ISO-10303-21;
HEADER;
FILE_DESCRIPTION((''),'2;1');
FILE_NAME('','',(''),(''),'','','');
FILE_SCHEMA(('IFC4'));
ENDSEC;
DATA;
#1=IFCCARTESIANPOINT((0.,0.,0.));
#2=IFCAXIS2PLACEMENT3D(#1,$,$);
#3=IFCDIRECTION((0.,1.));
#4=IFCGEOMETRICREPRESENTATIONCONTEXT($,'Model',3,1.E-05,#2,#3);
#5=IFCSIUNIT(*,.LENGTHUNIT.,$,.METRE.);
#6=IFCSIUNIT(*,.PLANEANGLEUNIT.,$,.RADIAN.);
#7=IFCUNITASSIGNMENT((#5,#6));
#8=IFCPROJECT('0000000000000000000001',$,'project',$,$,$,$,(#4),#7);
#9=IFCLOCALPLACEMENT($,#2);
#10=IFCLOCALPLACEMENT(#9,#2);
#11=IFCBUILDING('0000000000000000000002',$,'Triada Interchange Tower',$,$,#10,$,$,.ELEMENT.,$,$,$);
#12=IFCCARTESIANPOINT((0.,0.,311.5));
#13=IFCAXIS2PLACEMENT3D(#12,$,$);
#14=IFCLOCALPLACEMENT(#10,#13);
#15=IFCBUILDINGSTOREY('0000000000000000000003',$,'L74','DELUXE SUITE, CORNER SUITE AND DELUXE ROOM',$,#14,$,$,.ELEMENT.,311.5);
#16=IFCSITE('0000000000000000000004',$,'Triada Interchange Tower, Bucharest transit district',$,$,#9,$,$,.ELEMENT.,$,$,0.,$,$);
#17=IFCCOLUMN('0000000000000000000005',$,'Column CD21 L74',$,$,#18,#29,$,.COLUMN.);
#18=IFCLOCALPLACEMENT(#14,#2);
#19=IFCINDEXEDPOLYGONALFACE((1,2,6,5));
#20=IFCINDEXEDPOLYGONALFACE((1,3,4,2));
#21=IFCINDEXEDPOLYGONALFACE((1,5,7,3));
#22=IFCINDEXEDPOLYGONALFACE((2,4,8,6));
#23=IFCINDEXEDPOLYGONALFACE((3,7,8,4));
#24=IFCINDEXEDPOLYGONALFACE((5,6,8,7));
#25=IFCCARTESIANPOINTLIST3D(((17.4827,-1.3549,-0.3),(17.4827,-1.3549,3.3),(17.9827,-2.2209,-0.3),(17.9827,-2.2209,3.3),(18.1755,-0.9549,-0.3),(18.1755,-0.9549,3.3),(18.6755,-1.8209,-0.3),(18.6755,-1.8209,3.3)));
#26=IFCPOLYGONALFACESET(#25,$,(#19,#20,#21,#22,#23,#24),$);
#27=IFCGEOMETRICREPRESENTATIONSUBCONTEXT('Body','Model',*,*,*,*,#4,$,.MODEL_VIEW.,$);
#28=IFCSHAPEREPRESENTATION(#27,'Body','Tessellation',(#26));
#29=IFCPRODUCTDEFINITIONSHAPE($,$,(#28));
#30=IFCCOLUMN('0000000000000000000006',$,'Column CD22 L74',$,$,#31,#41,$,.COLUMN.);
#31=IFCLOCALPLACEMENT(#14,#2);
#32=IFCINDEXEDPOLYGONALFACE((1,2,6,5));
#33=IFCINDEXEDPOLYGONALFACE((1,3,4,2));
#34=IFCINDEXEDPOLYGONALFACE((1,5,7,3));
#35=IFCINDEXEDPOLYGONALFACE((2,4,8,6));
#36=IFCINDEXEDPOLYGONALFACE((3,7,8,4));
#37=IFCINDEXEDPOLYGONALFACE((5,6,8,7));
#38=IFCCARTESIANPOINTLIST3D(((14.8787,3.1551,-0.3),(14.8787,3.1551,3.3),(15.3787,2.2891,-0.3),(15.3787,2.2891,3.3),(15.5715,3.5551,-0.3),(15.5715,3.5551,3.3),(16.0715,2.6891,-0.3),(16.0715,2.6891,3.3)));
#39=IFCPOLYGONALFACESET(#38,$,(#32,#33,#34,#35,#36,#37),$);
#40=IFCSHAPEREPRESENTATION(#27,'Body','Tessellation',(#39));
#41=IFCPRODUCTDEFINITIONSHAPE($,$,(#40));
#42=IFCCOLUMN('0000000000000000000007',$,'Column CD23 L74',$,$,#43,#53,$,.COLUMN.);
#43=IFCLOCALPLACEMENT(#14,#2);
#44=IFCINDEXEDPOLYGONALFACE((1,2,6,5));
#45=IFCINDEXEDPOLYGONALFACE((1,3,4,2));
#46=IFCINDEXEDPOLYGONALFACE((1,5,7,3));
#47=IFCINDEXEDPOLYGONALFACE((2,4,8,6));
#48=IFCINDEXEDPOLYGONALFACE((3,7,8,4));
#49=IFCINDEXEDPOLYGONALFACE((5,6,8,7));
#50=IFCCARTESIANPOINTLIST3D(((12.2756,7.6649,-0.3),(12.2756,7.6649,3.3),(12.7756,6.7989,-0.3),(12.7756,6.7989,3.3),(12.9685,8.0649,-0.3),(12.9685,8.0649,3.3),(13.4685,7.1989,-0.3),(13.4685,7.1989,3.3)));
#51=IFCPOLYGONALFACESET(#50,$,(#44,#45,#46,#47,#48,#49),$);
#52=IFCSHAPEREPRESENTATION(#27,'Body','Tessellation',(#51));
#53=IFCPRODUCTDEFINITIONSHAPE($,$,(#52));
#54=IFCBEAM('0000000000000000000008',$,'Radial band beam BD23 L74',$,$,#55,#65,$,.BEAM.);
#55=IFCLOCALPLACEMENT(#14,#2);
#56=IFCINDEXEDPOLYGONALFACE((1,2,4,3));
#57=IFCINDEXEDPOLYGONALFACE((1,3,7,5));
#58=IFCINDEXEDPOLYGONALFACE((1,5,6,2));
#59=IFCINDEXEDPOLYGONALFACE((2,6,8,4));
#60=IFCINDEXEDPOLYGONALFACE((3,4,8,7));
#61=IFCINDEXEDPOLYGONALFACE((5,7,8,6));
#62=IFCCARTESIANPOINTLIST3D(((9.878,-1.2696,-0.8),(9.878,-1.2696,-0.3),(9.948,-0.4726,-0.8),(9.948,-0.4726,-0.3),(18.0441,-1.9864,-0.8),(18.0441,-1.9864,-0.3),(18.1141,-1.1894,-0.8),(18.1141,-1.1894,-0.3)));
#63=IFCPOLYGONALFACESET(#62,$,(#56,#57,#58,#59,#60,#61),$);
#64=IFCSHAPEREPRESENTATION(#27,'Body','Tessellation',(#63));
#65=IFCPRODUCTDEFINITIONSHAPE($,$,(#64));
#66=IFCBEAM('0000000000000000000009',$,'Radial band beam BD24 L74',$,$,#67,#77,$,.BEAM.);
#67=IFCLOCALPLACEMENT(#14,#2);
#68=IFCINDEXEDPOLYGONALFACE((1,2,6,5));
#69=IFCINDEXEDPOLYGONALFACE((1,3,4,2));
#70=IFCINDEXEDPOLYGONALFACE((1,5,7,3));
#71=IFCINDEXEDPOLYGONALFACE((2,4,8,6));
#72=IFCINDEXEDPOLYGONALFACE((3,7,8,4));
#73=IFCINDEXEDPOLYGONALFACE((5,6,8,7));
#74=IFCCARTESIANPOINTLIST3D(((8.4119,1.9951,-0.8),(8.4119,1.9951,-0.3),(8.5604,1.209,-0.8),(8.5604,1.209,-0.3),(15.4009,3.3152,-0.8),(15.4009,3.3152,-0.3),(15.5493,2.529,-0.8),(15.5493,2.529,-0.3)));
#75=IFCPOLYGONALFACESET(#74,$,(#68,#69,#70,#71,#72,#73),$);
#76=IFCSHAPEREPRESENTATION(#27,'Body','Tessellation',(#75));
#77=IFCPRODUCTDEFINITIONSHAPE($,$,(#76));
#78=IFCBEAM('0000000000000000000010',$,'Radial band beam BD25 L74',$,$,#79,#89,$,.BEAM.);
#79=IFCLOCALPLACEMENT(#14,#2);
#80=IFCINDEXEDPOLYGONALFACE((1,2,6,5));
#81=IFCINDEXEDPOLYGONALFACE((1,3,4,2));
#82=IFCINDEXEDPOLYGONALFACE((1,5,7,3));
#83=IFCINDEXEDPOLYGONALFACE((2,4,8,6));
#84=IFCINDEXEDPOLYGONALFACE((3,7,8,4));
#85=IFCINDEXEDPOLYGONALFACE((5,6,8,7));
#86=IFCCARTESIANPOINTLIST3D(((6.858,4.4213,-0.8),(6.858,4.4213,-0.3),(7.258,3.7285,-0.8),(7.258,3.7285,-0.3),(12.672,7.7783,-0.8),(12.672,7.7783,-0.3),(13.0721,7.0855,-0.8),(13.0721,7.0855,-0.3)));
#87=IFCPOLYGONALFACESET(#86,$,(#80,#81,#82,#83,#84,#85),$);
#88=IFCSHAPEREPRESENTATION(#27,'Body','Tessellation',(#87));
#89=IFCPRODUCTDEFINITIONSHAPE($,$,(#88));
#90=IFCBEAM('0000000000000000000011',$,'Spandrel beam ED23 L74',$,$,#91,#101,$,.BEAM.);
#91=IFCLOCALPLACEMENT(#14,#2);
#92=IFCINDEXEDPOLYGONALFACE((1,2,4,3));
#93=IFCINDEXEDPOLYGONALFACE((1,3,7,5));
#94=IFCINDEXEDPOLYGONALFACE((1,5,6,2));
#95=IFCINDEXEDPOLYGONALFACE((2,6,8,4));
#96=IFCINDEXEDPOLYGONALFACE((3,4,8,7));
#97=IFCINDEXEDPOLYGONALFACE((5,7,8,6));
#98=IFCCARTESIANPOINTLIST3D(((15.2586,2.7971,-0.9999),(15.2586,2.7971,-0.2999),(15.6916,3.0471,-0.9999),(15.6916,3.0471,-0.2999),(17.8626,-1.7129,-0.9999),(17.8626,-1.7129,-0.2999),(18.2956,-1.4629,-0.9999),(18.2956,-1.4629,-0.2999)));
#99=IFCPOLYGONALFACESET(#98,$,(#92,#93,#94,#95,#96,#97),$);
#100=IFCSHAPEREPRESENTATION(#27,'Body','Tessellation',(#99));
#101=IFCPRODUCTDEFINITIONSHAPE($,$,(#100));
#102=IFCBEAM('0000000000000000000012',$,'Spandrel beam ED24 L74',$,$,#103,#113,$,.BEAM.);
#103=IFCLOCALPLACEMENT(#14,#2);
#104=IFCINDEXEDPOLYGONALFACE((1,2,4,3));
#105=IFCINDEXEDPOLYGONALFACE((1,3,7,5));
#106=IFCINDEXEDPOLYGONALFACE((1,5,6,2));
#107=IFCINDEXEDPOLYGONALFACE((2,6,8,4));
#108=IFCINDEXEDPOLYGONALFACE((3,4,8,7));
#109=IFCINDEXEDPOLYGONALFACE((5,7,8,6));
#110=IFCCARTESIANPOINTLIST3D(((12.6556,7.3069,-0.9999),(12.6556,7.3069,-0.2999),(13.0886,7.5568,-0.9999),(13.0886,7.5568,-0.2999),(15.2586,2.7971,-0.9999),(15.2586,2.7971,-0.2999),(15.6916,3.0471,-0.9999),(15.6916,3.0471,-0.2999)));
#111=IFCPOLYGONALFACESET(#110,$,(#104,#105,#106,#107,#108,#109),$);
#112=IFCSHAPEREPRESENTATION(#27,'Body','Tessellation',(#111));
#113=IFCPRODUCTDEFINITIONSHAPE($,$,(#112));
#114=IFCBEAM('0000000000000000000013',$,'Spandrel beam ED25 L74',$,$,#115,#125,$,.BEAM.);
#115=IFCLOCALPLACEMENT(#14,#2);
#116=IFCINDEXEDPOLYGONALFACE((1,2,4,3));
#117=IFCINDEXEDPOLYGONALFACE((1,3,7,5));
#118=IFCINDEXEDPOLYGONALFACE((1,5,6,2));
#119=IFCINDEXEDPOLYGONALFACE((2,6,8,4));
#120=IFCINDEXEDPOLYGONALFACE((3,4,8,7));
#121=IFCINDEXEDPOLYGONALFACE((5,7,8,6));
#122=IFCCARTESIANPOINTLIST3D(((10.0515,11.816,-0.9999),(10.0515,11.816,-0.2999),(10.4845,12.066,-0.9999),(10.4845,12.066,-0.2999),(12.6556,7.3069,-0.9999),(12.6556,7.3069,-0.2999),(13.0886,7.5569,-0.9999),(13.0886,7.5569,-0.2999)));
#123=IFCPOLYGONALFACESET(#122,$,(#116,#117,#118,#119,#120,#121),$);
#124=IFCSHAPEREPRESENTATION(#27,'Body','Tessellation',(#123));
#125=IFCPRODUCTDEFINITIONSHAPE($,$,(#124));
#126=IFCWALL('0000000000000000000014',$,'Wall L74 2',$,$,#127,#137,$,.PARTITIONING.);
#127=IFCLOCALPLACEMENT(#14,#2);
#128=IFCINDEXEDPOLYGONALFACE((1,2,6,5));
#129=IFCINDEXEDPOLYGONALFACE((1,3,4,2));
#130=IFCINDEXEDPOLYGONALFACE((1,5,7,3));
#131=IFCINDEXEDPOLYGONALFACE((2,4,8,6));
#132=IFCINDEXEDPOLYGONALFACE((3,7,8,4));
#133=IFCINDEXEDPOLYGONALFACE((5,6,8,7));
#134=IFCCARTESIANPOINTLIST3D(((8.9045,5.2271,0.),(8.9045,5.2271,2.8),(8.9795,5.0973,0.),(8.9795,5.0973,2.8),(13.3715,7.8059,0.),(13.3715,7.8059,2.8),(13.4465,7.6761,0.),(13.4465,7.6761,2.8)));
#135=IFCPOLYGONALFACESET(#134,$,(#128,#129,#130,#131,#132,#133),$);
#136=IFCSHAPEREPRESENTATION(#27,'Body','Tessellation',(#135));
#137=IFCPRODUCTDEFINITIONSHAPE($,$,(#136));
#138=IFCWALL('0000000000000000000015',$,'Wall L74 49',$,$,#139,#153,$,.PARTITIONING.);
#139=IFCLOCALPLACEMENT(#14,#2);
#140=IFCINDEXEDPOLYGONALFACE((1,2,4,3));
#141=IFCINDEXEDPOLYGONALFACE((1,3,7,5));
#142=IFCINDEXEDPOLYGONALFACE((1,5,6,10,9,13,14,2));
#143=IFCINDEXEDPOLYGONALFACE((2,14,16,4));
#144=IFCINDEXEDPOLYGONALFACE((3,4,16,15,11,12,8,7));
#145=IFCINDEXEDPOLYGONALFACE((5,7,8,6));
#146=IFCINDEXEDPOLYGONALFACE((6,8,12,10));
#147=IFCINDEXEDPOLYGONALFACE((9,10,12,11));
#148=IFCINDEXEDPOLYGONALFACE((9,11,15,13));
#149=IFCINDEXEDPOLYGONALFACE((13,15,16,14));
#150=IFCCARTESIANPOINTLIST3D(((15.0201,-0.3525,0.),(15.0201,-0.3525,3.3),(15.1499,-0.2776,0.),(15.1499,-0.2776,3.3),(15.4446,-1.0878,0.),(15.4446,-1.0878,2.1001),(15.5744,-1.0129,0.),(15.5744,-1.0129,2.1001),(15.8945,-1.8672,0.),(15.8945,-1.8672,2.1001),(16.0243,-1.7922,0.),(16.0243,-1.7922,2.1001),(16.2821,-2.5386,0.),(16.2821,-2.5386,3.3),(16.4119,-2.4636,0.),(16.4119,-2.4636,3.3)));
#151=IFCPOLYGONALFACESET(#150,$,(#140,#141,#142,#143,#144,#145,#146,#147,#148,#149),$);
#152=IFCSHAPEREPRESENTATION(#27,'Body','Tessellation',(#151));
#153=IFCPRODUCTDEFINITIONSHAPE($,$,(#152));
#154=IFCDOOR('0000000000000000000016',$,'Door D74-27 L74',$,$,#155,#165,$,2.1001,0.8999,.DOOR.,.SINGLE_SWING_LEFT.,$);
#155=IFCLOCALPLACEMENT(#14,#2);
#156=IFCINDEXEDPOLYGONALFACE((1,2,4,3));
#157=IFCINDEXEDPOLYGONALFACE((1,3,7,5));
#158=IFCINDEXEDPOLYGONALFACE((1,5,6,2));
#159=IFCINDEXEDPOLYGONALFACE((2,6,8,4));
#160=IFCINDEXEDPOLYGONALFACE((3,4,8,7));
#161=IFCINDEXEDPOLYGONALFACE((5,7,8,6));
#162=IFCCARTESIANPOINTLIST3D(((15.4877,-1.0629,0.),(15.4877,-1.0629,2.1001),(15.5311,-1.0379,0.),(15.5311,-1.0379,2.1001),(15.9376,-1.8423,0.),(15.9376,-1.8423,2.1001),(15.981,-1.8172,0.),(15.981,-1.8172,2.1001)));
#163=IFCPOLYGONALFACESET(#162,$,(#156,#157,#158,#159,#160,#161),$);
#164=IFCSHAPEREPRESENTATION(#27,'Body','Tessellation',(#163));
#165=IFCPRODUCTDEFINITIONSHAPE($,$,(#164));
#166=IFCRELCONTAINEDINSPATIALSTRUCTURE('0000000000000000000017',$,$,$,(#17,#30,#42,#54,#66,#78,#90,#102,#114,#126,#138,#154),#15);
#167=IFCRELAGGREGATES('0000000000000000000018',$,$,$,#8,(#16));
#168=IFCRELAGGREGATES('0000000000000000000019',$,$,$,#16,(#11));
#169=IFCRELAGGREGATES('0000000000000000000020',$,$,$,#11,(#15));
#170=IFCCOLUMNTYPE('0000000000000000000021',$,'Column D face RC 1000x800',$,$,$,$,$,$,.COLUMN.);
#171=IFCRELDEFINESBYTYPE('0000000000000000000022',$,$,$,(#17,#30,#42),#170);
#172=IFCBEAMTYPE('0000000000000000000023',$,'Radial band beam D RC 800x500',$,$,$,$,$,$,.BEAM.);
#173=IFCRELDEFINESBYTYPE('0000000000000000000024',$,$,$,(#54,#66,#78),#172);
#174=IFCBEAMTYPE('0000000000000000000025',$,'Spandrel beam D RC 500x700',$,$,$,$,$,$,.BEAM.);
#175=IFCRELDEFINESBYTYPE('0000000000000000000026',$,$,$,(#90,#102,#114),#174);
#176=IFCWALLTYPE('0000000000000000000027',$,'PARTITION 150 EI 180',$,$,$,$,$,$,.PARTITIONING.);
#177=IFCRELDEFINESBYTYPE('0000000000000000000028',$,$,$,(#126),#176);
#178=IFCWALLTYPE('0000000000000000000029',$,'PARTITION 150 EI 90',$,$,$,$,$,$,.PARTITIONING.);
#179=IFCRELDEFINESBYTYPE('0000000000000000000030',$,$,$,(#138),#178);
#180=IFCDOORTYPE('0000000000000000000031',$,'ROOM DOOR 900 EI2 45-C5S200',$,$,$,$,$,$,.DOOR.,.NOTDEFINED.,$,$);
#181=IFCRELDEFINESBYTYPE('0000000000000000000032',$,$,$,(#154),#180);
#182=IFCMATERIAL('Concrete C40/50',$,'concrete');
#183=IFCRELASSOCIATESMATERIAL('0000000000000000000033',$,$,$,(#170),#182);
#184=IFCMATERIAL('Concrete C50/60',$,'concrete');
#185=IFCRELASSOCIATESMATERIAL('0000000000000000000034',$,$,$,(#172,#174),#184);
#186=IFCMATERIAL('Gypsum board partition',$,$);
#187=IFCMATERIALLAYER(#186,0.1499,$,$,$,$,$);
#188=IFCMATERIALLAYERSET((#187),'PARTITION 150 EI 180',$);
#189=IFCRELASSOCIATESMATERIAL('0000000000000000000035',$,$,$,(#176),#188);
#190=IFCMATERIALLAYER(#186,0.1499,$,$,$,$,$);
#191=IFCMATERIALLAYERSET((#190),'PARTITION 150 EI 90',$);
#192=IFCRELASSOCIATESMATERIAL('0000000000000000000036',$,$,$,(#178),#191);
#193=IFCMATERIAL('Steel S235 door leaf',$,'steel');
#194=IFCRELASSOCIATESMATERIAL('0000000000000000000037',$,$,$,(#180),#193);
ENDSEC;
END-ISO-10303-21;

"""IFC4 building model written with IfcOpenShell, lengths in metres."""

from ifc_helpers import new_model, si_unit, direction, frame, frame_2d, origin, origin_2d, place, context, subcontext, project, spatial, rectangle, extrude, material, layer, layer_set, material_profile, profile_set, type_object, element, fill, save


model = new_model("IFC4")

# Units and contexts
model_context = context("Model", 3, precision=1e-05, world=origin(), true_north=direction((0.0, 1.0)))
body_context = subcontext(model_context, "Body", "Model", "MODEL_VIEW")
ifc_project = project(units=[si_unit("LENGTHUNIT", "METRE"), si_unit("PLANEANGLEUNIT", "RADIAN")], contexts=[model_context])

# Site, building, storey
site_placement = place(None, origin())
site = spatial("IfcSite", under=ifc_project, at=site_placement, Name="Triada Interchange Tower, Bucharest transit district", CompositionType="ELEMENT", RefElevation=0.0)
building_placement = place(site_placement, origin())
building = spatial("IfcBuilding", under=site, at=building_placement, Name="Triada Interchange Tower", CompositionType="ELEMENT")
storey_placement = place(building_placement, frame((0.0, 0.0, 311.5)))
storey = spatial("IfcBuildingStorey", under=building, at=storey_placement, Name="L74", Description="DELUXE SUITE, CORNER SUITE AND DELUXE ROOM", CompositionType="ELEMENT", Elevation=311.5)

# Columns
ifc_material_1 = material(Name="Concrete C40/50", Category="concrete")
ifc_material_profile_1 = material_profile(ifc_material_1, rectangle(XDim=1.0, YDim=0.8, at=origin_2d()), Name="RC 1000x800")
ifc_profile_set_1 = profile_set([ifc_material_profile_1], Name="Concrete C40/50")
column_type = type_object("IfcColumnType", Name="Column D face RC 1000x800", PredefinedType="COLUMN", material=ifc_profile_set_1)
for number, where, z_axis, x_axis, name in (
    (1, (18.0791, -1.5879, -0.3), (0.0, 0.0, 1.0), (-0.5, 0.866025, 0.0), "Column CD21 L74"),
    (2, (15.4751, 2.9221, -0.3), (0.0, 0.0, 1.0), (-0.5, 0.866025, 0.0), "Column CD22 L74"),
    (3, (12.8721, 7.4319, -0.3), (0.0, 0.0, 1.0), (-0.5, 0.866025, 0.0), "Column CD23 L74"),
):
    element("IfcColumn", number, at=place(storey_placement, frame(where, z_axis=z_axis, x_axis=x_axis)), inside=storey, type_object=column_type, Name=name, PredefinedType="COLUMN", context=body_context, shape_type="SweptSolid", body=[
        extrude(rectangle(XDim=1.0, YDim=0.8, at=origin_2d()), origin(), (0.0, 0.0, 1.0), 3.6001),
    ])

# Beams
ifc_material_2 = material(Name="Concrete C50/60", Category="concrete")
ifc_material_profile_2 = material_profile(ifc_material_2, rectangle(XDim=0.8, YDim=0.5, at=origin_2d()), Name="RC 800x500")
ifc_profile_set_2 = profile_set([ifc_material_profile_2], Name="Concrete C50/60")
beam_type_1 = type_object("IfcBeamType", Name="Radial band beam D RC 800x500", PredefinedType="BEAM", material=ifc_profile_set_2)
beam_1_placement = place(storey_placement, frame((18.0791, -1.5879, -0.55), z_axis=(-0.99617, 0.087442, 0.0), x_axis=(-0.087442, -0.99617, 0.0)))
element("IfcBeam", 4, at=beam_1_placement, inside=storey, type_object=beam_type_1, Name="Radial band beam BD23 L74", PredefinedType="BEAM", context=body_context, shape_type="SweptSolid", body=[
    extrude(rectangle(XDim=0.8, YDim=0.5, at=origin_2d()), origin(), (0.0, 0.0, 1.0), 8.1975),
])
beam_2_placement = place(storey_placement, frame((15.4751, 2.9221, -0.55), z_axis=(-0.982626, -0.185596, 0.0), x_axis=(0.185596, -0.982626, 0.0)))
element("IfcBeam", 5, at=beam_2_placement, inside=storey, type_object=beam_type_1, Name="Radial band beam BD24 L74", PredefinedType="BEAM", context=body_context, shape_type="SweptSolid", body=[
    extrude(rectangle(XDim=0.8, YDim=0.5, at=origin_2d()), origin(), (0.0, 0.0, 1.0), 7.1125),
])
beam_3_placement = place(storey_placement, frame((12.8721, 7.4319, -0.55), z_axis=(-0.86601, -0.500027, 0.0), x_axis=(0.500027, -0.86601, 0.0)))
element("IfcBeam", 6, at=beam_3_placement, inside=storey, type_object=beam_type_1, Name="Radial band beam BD25 L74", PredefinedType="BEAM", context=body_context, shape_type="SweptSolid", body=[
    extrude(rectangle(XDim=0.8, YDim=0.5, at=origin_2d()), origin(), (0.0, 0.0, 1.0), 6.7136),
])
ifc_material_profile_3 = material_profile(ifc_material_2, rectangle(XDim=0.5, YDim=0.7, at=origin_2d()), Name="RC 500x700")
ifc_profile_set_3 = profile_set([ifc_material_profile_3], Name="Concrete C50/60")
beam_type_2 = type_object("IfcBeamType", Name="Spandrel beam D RC 500x700", PredefinedType="BEAM", material=ifc_profile_set_3)
beam_4_placement = place(storey_placement, frame((18.0791, -1.5879, -0.6499), z_axis=(-0.500021, 0.866013, 0.0), x_axis=(-0.866013, -0.500021, 0.0)))
element("IfcBeam", 7, at=beam_4_placement, inside=storey, type_object=beam_type_2, Name="Spandrel beam ED23 L74", PredefinedType="BEAM", context=body_context, shape_type="SweptSolid", body=[
    extrude(rectangle(XDim=0.5, YDim=0.7, at=origin_2d()), origin(), (0.0, 0.0, 1.0), 5.2078),
])
for number, where, z_axis, x_axis, name in (
    (8, (15.4751, 2.9221, -0.6499), (-0.499901, 0.866083, 0.0), (-0.866083, -0.499901, 0.0), "Spandrel beam ED24 L74"),
    (9, (12.8721, 7.4319, -0.6499), (-0.500103, 0.865966, 0.0), (-0.865966, -0.500103, 0.0), "Spandrel beam ED25 L74"),
):
    element("IfcBeam", number, at=place(storey_placement, frame(where, z_axis=z_axis, x_axis=x_axis)), inside=storey, type_object=beam_type_2, Name=name, PredefinedType="BEAM", context=body_context, shape_type="SweptSolid", body=[
        extrude(rectangle(XDim=0.5, YDim=0.7, at=origin_2d()), origin(), (0.0, 0.0, 1.0), 5.207),
    ])

# Wall
ifc_material_3 = material(Name="Gypsum board partition")
ifc_layer_1 = layer(ifc_material_3, 0.1499)
ifc_layer_set_1 = layer_set([ifc_layer_1], Name="PARTITION 150 EI 180")
wall_type_1 = type_object("IfcWallType", Name="PARTITION 150 EI 180", PredefinedType="PARTITIONING", material=ifc_layer_set_1)
wall_1_placement = place(storey_placement, frame((8.9419, 5.1621, 0.0), z_axis=(0.0, 0.0, 1.0), x_axis=(0.866041, 0.499972, 0.0)))
element("IfcWall", 10, at=wall_1_placement, inside=storey, type_object=wall_type_1, Name="Wall L74 2", PredefinedType="PARTITIONING", context=body_context, shape_type="SweptSolid", body=[
    extrude(rectangle(XDim=5.158, YDim=0.1499, at=frame_2d((2.5791, 0.0))), origin(), (0.0, 0.0, 1.0), 2.8),
])

# Wall, opening, door
ifc_layer_2 = layer(ifc_material_3, 0.1499)
ifc_layer_set_2 = layer_set([ifc_layer_2], Name="PARTITION 150 EI 90")
wall_type_2 = type_object("IfcWallType", Name="PARTITION 150 EI 90", PredefinedType="PARTITIONING", material=ifc_layer_set_2)
wall_2_placement = place(storey_placement, frame((15.085, -0.3149, 0.0), z_axis=(0.0, 0.0, 1.0), x_axis=(0.499957, -0.86605, 0.0)))
wall_2 = element("IfcWall", 11, at=wall_2_placement, inside=storey, type_object=wall_type_2, Name="Wall L74 49", PredefinedType="PARTITIONING", context=body_context, shape_type="SweptSolid", body=[
    extrude(rectangle(XDim=2.5242, YDim=0.1499, at=frame_2d((1.2622, 0.0))), origin(), (0.0, 0.0, 1.0), 3.3),
])
opening_1_placement = place(wall_2_placement, frame((0.8491, 0.0, 0.0)))
opening_1 = element("IfcOpeningElement", 12, at=opening_1_placement, cuts=wall_2, PredefinedType="OPENING", context=body_context, shape_type="SweptSolid", body=[
    extrude(rectangle(XDim=0.8999, YDim=2.1001, at=frame_2d((0.45, 1.05))), frame((0.0, 0.085, 0.0), z_axis=(0.0, -1.0, 0.0), x_axis=(1.0, 0.0, 0.0)), (0.0, 0.0, 1.0), 0.1699),
])
ifc_material_4 = material(Name="Steel S235 door leaf", Category="steel")
door_type_1 = type_object("IfcDoorType", Name="ROOM DOOR 900 EI2 45-C5S200", OperationType="NOTDEFINED", PredefinedType="DOOR", material=ifc_material_4)
door_1_placement = place(opening_1_placement, origin())
door_1 = element("IfcDoor", 13, at=door_1_placement, inside=storey, type_object=door_type_1, Name="Door D74-27 L74", OperationType="SINGLE_SWING_LEFT", OverallHeight=2.1001, OverallWidth=0.8999, PredefinedType="DOOR", context=body_context, shape_type="SweptSolid", body=[
    extrude(rectangle(XDim=0.8999, YDim=2.1001, at=frame_2d((0.45, 1.05))), frame((0.0, 0.0249, 0.0), z_axis=(0.0, -1.0, 0.0), x_axis=(1.0, 0.0, 0.0)), (0.0, 0.0, 1.0), 0.05),
])
fill(opening_1, door_1)

save(model, "model.ifc")
